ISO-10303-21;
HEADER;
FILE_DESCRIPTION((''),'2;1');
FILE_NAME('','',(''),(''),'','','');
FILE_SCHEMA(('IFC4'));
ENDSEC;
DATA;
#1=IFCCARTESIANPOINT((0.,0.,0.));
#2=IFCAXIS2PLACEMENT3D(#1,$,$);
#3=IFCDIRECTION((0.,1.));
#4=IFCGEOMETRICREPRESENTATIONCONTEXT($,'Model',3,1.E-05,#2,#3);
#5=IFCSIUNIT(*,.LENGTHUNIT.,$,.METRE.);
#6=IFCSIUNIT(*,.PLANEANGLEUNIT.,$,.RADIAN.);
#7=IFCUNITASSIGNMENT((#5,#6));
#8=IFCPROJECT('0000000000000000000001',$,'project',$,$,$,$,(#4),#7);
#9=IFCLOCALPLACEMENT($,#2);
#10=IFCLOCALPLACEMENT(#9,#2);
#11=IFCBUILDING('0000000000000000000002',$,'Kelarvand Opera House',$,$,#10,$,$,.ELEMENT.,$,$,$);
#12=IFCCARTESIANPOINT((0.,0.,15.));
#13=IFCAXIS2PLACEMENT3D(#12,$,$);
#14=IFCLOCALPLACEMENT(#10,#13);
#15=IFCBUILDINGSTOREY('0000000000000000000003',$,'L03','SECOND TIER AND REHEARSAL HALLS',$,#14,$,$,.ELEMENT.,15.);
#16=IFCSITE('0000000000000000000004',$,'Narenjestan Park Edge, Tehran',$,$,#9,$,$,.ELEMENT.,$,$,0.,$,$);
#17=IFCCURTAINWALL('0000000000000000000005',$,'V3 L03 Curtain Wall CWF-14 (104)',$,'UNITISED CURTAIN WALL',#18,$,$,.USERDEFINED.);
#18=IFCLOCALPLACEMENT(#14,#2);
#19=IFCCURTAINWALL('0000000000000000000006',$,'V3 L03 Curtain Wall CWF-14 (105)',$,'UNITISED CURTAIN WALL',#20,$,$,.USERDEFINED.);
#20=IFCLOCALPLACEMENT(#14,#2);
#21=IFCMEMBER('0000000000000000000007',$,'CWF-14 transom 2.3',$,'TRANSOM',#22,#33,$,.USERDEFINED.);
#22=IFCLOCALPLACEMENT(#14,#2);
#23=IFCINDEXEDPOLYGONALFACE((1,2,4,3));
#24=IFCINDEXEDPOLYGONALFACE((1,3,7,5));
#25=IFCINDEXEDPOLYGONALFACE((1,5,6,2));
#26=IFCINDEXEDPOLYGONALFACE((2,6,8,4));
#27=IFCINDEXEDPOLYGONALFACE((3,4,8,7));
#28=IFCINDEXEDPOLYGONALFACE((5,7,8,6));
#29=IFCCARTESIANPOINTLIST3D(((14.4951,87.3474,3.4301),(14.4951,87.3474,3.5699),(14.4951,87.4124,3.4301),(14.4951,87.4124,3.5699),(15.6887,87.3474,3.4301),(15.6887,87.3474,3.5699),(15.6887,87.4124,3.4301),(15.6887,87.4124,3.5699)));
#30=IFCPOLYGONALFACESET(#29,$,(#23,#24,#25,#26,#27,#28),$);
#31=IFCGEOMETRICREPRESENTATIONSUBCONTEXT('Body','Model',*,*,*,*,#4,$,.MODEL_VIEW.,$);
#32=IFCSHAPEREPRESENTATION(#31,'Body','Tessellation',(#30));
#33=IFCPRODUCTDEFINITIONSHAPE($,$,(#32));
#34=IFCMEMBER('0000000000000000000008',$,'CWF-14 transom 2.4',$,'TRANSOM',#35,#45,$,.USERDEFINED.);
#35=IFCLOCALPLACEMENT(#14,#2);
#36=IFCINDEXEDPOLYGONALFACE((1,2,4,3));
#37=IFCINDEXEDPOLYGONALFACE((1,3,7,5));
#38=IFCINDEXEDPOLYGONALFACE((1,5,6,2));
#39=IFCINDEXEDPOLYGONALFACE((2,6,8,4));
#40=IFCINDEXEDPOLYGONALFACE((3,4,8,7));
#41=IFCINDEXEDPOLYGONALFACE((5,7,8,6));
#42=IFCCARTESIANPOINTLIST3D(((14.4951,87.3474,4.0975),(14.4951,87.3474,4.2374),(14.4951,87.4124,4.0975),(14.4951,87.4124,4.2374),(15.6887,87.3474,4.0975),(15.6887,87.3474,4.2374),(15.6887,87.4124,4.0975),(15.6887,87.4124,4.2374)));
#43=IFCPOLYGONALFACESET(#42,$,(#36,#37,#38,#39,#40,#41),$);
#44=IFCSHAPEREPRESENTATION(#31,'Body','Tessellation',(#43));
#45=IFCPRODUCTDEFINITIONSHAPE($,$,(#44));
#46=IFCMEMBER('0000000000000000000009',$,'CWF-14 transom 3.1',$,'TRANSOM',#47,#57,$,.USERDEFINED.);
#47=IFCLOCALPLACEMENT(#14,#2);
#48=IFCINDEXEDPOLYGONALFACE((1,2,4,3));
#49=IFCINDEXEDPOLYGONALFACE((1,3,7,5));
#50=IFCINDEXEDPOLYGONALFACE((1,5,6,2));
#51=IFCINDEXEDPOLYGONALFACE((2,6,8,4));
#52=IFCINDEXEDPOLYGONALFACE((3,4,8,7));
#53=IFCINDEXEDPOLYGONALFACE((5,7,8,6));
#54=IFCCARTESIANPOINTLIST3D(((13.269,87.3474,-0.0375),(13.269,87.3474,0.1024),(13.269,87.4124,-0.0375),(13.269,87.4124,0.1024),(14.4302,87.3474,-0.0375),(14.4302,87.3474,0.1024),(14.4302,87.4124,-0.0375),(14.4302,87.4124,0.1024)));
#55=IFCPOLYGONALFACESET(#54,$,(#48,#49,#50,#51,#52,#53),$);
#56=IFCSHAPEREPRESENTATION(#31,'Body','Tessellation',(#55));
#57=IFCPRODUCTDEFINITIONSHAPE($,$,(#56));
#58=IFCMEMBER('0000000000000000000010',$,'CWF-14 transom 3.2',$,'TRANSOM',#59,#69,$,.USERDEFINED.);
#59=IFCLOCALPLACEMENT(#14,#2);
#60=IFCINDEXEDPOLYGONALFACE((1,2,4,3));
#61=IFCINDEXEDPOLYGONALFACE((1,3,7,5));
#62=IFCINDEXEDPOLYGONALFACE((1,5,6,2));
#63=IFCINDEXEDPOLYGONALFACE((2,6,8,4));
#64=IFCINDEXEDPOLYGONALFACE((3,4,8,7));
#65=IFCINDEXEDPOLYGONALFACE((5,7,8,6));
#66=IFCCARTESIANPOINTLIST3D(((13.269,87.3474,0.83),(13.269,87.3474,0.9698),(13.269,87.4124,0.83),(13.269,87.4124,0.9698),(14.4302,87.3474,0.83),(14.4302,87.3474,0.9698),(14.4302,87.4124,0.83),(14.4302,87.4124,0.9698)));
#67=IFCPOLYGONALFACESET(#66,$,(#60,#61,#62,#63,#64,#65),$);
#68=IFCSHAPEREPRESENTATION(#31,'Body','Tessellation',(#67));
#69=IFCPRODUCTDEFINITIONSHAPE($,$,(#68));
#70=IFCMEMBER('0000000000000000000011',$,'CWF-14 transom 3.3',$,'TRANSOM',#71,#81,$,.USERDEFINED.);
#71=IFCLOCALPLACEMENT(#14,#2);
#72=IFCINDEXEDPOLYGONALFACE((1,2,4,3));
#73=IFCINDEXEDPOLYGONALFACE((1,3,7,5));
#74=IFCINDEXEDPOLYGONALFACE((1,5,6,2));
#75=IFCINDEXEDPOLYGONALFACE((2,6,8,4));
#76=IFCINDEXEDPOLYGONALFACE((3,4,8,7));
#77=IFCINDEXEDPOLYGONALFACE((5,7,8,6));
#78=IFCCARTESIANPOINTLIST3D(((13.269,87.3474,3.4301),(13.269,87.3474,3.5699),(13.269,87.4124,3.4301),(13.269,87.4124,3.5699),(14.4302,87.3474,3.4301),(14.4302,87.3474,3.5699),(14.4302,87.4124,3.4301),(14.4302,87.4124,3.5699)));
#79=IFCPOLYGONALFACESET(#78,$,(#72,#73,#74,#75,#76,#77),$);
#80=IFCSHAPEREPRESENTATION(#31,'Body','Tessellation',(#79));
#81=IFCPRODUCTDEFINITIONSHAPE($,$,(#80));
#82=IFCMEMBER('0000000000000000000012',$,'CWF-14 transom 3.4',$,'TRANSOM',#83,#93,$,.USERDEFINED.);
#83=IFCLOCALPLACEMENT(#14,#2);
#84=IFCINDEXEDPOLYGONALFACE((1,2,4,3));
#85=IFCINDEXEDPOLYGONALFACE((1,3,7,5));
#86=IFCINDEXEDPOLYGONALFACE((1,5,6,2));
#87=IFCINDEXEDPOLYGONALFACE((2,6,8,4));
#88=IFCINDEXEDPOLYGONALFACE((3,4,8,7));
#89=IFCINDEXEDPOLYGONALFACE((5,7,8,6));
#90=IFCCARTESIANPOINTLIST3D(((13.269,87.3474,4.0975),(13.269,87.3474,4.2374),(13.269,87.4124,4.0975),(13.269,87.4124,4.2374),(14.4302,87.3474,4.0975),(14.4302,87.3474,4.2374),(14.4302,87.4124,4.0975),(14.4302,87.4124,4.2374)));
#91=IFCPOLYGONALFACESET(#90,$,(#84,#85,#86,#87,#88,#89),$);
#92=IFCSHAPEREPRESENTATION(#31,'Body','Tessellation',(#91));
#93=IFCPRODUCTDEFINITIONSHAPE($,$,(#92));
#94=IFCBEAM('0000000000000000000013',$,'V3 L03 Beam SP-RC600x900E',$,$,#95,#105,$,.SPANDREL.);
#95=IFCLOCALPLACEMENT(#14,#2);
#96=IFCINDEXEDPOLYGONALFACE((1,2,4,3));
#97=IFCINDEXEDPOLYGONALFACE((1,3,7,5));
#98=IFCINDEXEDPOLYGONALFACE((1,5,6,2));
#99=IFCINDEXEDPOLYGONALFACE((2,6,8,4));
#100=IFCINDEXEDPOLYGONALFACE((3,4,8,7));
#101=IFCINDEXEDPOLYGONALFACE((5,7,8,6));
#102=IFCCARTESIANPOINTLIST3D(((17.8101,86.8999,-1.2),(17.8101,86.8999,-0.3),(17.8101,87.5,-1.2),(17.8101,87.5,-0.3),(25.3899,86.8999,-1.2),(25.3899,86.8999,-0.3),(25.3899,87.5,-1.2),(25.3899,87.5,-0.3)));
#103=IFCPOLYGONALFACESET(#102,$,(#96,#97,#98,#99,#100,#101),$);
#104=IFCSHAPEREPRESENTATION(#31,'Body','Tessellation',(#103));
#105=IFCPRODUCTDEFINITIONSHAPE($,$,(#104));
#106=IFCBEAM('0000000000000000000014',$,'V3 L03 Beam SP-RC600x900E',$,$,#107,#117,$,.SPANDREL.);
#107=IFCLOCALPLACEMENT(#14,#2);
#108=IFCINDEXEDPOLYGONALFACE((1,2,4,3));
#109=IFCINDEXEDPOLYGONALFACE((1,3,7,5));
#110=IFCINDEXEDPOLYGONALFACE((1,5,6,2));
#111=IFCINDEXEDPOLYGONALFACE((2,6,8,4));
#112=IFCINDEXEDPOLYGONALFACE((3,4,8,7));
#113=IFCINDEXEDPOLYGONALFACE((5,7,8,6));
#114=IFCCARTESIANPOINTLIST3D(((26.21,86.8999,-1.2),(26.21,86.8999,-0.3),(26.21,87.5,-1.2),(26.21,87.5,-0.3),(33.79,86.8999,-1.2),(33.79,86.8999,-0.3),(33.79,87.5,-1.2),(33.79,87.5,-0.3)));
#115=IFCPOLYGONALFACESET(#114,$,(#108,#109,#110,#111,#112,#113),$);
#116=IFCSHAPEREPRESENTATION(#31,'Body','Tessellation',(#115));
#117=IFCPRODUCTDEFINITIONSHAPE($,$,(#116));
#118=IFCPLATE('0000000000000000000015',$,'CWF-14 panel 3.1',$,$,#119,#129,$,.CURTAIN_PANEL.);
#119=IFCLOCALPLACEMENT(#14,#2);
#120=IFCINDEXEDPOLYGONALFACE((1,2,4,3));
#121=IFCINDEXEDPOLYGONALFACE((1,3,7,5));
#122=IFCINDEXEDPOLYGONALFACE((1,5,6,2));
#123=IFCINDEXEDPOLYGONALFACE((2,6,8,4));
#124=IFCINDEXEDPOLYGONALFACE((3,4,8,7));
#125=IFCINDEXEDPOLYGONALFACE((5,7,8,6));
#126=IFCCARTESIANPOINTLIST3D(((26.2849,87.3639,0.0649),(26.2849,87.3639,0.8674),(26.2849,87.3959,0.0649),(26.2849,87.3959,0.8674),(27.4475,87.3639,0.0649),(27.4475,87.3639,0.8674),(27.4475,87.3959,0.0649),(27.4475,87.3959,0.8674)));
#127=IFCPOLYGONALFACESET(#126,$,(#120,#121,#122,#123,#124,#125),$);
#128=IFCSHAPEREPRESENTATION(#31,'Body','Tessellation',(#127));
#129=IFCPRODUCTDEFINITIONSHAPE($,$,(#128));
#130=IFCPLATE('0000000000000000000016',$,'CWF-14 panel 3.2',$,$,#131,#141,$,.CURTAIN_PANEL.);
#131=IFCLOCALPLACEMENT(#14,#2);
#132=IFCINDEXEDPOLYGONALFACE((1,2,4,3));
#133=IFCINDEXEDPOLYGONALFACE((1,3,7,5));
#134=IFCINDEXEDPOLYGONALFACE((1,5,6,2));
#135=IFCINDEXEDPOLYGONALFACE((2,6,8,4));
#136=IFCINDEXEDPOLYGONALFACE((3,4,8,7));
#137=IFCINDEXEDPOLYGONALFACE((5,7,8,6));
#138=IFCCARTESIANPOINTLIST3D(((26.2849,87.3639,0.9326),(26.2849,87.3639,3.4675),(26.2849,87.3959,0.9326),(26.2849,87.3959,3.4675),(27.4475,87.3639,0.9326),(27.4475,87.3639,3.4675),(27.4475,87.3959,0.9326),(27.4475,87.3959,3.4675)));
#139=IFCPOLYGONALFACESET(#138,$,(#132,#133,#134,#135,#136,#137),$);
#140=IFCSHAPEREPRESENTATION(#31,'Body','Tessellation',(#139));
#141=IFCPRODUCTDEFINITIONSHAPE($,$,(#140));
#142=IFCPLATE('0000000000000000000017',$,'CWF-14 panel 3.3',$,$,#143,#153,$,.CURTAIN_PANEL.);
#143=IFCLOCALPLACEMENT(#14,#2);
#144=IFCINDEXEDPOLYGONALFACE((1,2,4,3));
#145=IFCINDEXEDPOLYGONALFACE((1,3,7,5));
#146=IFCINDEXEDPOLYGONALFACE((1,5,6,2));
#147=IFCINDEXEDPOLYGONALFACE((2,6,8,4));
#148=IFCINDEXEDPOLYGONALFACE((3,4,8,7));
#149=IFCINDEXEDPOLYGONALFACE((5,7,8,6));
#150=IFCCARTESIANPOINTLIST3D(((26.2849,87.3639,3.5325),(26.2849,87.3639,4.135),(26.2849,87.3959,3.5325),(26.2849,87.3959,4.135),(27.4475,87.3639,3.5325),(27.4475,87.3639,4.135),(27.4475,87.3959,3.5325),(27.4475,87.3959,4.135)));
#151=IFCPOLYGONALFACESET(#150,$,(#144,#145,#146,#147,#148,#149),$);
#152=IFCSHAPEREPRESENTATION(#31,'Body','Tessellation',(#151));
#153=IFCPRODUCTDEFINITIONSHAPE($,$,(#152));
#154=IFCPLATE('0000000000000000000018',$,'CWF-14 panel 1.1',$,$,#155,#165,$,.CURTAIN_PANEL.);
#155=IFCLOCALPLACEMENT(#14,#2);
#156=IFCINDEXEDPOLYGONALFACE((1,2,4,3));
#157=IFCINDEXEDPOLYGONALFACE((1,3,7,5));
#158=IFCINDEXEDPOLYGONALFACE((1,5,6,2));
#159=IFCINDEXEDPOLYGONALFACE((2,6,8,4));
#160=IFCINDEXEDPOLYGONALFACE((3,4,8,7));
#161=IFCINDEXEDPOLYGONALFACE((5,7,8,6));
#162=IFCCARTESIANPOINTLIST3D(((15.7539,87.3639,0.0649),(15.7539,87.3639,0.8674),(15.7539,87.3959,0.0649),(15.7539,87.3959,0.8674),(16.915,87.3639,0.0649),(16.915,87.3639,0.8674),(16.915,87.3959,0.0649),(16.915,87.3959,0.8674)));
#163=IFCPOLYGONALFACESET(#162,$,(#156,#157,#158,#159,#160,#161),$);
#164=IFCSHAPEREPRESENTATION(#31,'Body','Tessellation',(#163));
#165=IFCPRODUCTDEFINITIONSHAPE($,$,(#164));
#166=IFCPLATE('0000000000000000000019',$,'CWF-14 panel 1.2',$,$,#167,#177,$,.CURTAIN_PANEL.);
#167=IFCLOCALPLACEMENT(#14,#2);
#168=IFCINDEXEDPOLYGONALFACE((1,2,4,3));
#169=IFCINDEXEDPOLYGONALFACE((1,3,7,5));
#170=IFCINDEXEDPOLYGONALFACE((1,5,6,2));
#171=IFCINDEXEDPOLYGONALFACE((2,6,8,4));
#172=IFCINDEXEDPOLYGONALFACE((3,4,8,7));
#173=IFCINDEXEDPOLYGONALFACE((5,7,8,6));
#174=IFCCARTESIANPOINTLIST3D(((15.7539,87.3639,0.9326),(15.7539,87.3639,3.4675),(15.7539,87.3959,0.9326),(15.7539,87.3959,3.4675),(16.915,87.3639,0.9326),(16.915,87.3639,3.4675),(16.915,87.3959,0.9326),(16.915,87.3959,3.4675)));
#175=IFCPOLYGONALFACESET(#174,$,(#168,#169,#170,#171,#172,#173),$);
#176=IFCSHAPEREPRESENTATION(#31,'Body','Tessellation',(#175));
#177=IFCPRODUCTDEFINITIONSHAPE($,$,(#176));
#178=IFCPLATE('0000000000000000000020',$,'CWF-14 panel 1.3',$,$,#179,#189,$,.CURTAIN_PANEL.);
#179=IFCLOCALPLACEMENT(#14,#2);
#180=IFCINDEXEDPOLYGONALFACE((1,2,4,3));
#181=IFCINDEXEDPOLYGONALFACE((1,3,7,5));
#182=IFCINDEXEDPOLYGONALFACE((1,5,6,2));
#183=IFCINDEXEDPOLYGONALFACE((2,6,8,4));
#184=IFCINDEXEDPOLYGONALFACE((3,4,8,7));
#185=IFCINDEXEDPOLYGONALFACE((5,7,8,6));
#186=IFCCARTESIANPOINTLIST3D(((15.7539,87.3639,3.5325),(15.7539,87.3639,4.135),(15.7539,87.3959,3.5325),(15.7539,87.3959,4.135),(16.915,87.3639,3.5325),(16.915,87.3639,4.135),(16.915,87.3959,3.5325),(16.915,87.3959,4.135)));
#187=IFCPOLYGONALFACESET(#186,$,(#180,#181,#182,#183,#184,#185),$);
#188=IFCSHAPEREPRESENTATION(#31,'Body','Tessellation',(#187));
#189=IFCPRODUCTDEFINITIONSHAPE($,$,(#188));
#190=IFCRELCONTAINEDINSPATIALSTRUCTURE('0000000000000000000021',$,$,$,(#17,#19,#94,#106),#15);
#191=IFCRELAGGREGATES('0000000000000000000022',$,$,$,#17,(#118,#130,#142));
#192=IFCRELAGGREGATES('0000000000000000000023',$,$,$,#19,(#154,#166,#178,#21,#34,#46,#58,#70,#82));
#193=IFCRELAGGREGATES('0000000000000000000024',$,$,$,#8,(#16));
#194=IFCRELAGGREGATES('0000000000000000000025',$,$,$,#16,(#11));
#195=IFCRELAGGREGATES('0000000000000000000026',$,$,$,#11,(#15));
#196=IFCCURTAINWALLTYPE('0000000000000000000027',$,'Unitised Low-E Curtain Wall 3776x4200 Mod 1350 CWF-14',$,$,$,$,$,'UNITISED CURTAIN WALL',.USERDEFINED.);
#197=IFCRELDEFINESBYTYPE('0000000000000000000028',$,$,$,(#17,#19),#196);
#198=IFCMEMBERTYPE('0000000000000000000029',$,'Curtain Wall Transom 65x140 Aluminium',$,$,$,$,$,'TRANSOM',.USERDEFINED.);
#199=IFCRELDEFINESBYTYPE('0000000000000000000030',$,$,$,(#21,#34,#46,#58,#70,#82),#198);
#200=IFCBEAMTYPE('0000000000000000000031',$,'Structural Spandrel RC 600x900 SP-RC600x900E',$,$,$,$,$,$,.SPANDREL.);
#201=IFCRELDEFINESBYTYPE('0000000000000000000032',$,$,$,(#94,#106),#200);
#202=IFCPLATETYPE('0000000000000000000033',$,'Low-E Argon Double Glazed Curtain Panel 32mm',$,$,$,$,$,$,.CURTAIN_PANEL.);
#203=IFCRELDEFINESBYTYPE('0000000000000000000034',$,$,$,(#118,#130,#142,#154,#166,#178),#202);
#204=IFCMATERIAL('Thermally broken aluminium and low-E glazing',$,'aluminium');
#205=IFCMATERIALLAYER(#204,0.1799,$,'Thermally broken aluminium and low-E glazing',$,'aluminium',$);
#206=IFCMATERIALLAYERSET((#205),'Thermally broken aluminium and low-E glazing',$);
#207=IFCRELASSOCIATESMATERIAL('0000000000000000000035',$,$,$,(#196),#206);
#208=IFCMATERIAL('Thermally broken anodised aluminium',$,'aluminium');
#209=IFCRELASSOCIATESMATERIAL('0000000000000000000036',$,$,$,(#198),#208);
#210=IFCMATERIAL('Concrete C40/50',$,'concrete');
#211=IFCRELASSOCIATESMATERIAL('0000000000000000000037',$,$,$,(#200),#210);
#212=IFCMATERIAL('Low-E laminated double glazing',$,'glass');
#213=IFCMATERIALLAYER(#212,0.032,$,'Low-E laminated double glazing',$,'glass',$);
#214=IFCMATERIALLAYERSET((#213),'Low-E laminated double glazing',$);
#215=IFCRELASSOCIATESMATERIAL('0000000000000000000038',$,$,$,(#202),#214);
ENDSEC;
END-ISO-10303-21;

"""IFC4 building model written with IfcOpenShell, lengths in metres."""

from ifc_helpers import new_model, si_unit, direction, frame, origin, origin_2d, place, context, subcontext, project, spatial, rectangle, extrude, material, layer, layer_set, material_profile, profile_set, type_object, element, aggregate, save


model = new_model("IFC4")

# Units and contexts
model_context = context("Model", 3, precision=1e-05, world=origin(), true_north=direction((0.0, 1.0)))
body_context = subcontext(model_context, "Body", "Model", "MODEL_VIEW")
ifc_project = project(units=[si_unit("LENGTHUNIT", "METRE"), si_unit("PLANEANGLEUNIT", "RADIAN")], contexts=[model_context])

# Site, building, storey
site_placement = place(None, origin())
site = spatial("IfcSite", under=ifc_project, at=site_placement, Name="Narenjestan Park Edge, Tehran", CompositionType="ELEMENT", RefElevation=0.0)
building_placement = place(site_placement, origin())
building = spatial("IfcBuilding", under=site, at=building_placement, Name="Kelarvand Opera House", CompositionType="ELEMENT")
storey_placement = place(building_placement, frame((0.0, 0.0, 15.0)))
storey = spatial("IfcBuildingStorey", under=building, at=storey_placement, Name="L03", Description="SECOND TIER AND REHEARSAL HALLS", CompositionType="ELEMENT", Elevation=15.0)

# Shared definitions
ifc_material_1 = material(Name="Concrete C40/50", Category="concrete")

# Curtain wall
ifc_material_2 = material(Name="Thermally broken aluminium and low-E glazing", Category="aluminium")
ifc_layer_1 = layer(ifc_material_2, 0.1799, Name="Thermally broken aluminium and low-E glazing", Category="aluminium")
ifc_layer_set_1 = layer_set([ifc_layer_1], Name="Thermally broken aluminium and low-E glazing")
curtain_wall_type = type_object("IfcCurtainWallType", Name="Unitised Low-E Curtain Wall 3776x4200 Mod 1350 CWF-14", ElementType="UNITISED CURTAIN WALL", PredefinedType="USERDEFINED", material=ifc_layer_set_1)
curtain_wall_1_placement = place(storey_placement, origin())
curtain_wall_1 = element("IfcCurtainWall", 1, at=curtain_wall_1_placement, inside=storey, type_object=curtain_wall_type, Name="V3 L03 Curtain Wall CWF-14 (104)", ObjectType="UNITISED CURTAIN WALL", PredefinedType="USERDEFINED")
ifc_material_3 = material(Name="Thermally broken anodised aluminium", Category="aluminium")

# Curtain wall
curtain_wall_2_placement = place(storey_placement, origin())
curtain_wall_2 = element("IfcCurtainWall", 2, at=curtain_wall_2_placement, inside=storey, type_object=curtain_wall_type, Name="V3 L03 Curtain Wall CWF-14 (105)", ObjectType="UNITISED CURTAIN WALL", PredefinedType="USERDEFINED")

# Members
ifc_material_profile_1 = material_profile(ifc_material_3, rectangle(XDim=0.0649, YDim=0.1399, at=origin_2d()), Name="ALU TRANSOM 65x140", Category="aluminium")
ifc_profile_set_1 = profile_set([ifc_material_profile_1], Name="Thermally broken anodised aluminium")
member_type_1 = type_object("IfcMemberType", Name="Curtain Wall Transom 65x140 Aluminium", ElementType="TRANSOM", PredefinedType="USERDEFINED", material=ifc_profile_set_1)
member_1_placement = place(storey_placement, frame((15.6887, 87.3799, 3.5), z_axis=(-1.0, 0.0, 0.0), x_axis=(0.0, -1.0, 0.0)))
member_1 = element("IfcMember", 3, at=member_1_placement, type_object=member_type_1, Name="CWF-14 transom 2.3", ObjectType="TRANSOM", PredefinedType="USERDEFINED", context=body_context, shape_type="SweptSolid", body=[
    extrude(rectangle(XDim=0.0649, YDim=0.1399, at=origin_2d()), origin(), (0.0, 0.0, 1.0), 1.1936),
])
member_2_placement = place(storey_placement, frame((15.6887, 87.3799, 4.1675), z_axis=(-1.0, 0.0, 0.0), x_axis=(0.0, -1.0, 0.0)))
member_2 = element("IfcMember", 4, at=member_2_placement, type_object=member_type_1, Name="CWF-14 transom 2.4", ObjectType="TRANSOM", PredefinedType="USERDEFINED", context=body_context, shape_type="SweptSolid", body=[
    extrude(rectangle(XDim=0.0649, YDim=0.1399, at=origin_2d()), origin(), (0.0, 0.0, 1.0), 1.1936),
])
member_3_placement = place(storey_placement, frame((14.4302, 87.3799, 0.0325), z_axis=(-1.0, 0.0, 0.0), x_axis=(0.0, -1.0, 0.0)))
member_3 = element("IfcMember", 5, at=member_3_placement, type_object=member_type_1, Name="CWF-14 transom 3.1", ObjectType="TRANSOM", PredefinedType="USERDEFINED", context=body_context, shape_type="SweptSolid", body=[
    extrude(rectangle(XDim=0.0649, YDim=0.1399, at=origin_2d()), origin(), (0.0, 0.0, 1.0), 1.1611),
])
member_4_placement = place(storey_placement, frame((14.4302, 87.3799, 0.8999), z_axis=(-1.0, 0.0, 0.0), x_axis=(0.0, -1.0, 0.0)))
member_4 = element("IfcMember", 6, at=member_4_placement, type_object=member_type_1, Name="CWF-14 transom 3.2", ObjectType="TRANSOM", PredefinedType="USERDEFINED", context=body_context, shape_type="SweptSolid", body=[
    extrude(rectangle(XDim=0.0649, YDim=0.1399, at=origin_2d()), origin(), (0.0, 0.0, 1.0), 1.1611),
])
member_5_placement = place(storey_placement, frame((14.4302, 87.3799, 3.5), z_axis=(-1.0, 0.0, 0.0), x_axis=(0.0, -1.0, 0.0)))
member_5 = element("IfcMember", 7, at=member_5_placement, type_object=member_type_1, Name="CWF-14 transom 3.3", ObjectType="TRANSOM", PredefinedType="USERDEFINED", context=body_context, shape_type="SweptSolid", body=[
    extrude(rectangle(XDim=0.0649, YDim=0.1399, at=origin_2d()), origin(), (0.0, 0.0, 1.0), 1.1611),
])
member_6_placement = place(storey_placement, frame((14.4302, 87.3799, 4.1675), z_axis=(-1.0, 0.0, 0.0), x_axis=(0.0, -1.0, 0.0)))
member_6 = element("IfcMember", 8, at=member_6_placement, type_object=member_type_1, Name="CWF-14 transom 3.4", ObjectType="TRANSOM", PredefinedType="USERDEFINED", context=body_context, shape_type="SweptSolid", body=[
    extrude(rectangle(XDim=0.0649, YDim=0.1399, at=origin_2d()), origin(), (0.0, 0.0, 1.0), 1.1611),
])

# Beams
ifc_material_profile_2 = material_profile(ifc_material_1, rectangle(XDim=0.6001, YDim=0.8999, at=origin_2d()), Name="RC 600x900", Category="concrete")
ifc_profile_set_2 = profile_set([ifc_material_profile_2], Name="Concrete C40/50")
beam_type = type_object("IfcBeamType", Name="Structural Spandrel RC 600x900 SP-RC600x900E", PredefinedType="SPANDREL", material=ifc_profile_set_2)
beam_1_placement = place(storey_placement, frame((17.8101, 87.2, -0.75), z_axis=(1.0, 0.0, 0.0), x_axis=(0.0, 1.0, 0.0)))
element("IfcBeam", 9, at=beam_1_placement, inside=storey, type_object=beam_type, Name="V3 L03 Beam SP-RC600x900E", PredefinedType="SPANDREL", context=body_context, shape_type="SweptSolid", body=[
    extrude(rectangle(XDim=0.6001, YDim=0.8999, at=origin_2d()), origin(), (0.0, 0.0, 1.0), 7.5798),
])
beam_2_placement = place(storey_placement, frame((26.21, 87.2, -0.75), z_axis=(1.0, 0.0, 0.0), x_axis=(0.0, 1.0, 0.0)))
element("IfcBeam", 10, at=beam_2_placement, inside=storey, type_object=beam_type, Name="V3 L03 Beam SP-RC600x900E", PredefinedType="SPANDREL", context=body_context, shape_type="SweptSolid", body=[
    extrude(rectangle(XDim=0.6001, YDim=0.8999, at=origin_2d()), origin(), (0.0, 0.0, 1.0), 7.5801),
])

# Plates
ifc_material_4 = material(Name="Low-E laminated double glazing", Category="glass")
ifc_layer_2 = layer(ifc_material_4, 0.032, Name="Low-E laminated double glazing", Category="glass")
ifc_layer_set_2 = layer_set([ifc_layer_2], Name="Low-E laminated double glazing")
plate_type = type_object("IfcPlateType", Name="Low-E Argon Double Glazed Curtain Panel 32mm", PredefinedType="CURTAIN_PANEL", material=ifc_layer_set_2)
plate_1_placement = place(storey_placement, frame((26.8662, 87.3799, 0.0649), z_axis=(0.0, 0.0, 1.0), x_axis=(-1.0, 0.0, 0.0)))
plate_1 = element("IfcPlate", 11, at=plate_1_placement, type_object=plate_type, Name="CWF-14 panel 3.1", PredefinedType="CURTAIN_PANEL", context=body_context, shape_type="SweptSolid", body=[
    extrude(rectangle(XDim=1.1626, YDim=0.032, at=origin_2d()), origin(), (0.0, 0.0, 1.0), 0.8025),
])
plate_2_placement = place(storey_placement, frame((26.8662, 87.3799, 0.9326), z_axis=(0.0, 0.0, 1.0), x_axis=(-1.0, 0.0, 0.0)))
plate_2 = element("IfcPlate", 12, at=plate_2_placement, type_object=plate_type, Name="CWF-14 panel 3.2", PredefinedType="CURTAIN_PANEL", context=body_context, shape_type="SweptSolid", body=[
    extrude(rectangle(XDim=1.1626, YDim=0.032, at=origin_2d()), origin(), (0.0, 0.0, 1.0), 2.5349),
])
plate_3_placement = place(storey_placement, frame((26.8662, 87.3799, 3.5325), z_axis=(0.0, 0.0, 1.0), x_axis=(-1.0, 0.0, 0.0)))
plate_3 = element("IfcPlate", 13, at=plate_3_placement, type_object=plate_type, Name="CWF-14 panel 3.3", PredefinedType="CURTAIN_PANEL", context=body_context, shape_type="SweptSolid", body=[
    extrude(rectangle(XDim=1.1626, YDim=0.032, at=origin_2d()), origin(), (0.0, 0.0, 1.0), 0.6025),
])
aggregate(curtain_wall_1, [plate_1, plate_2, plate_3])
plate_4_placement = place(storey_placement, frame((16.3345, 87.3799, 0.0649), z_axis=(0.0, 0.0, 1.0), x_axis=(-1.0, 0.0, 0.0)))
plate_4 = element("IfcPlate", 14, at=plate_4_placement, type_object=plate_type, Name="CWF-14 panel 1.1", PredefinedType="CURTAIN_PANEL", context=body_context, shape_type="SweptSolid", body=[
    extrude(rectangle(XDim=1.1611, YDim=0.032, at=origin_2d()), origin(), (0.0, 0.0, 1.0), 0.8025),
])
plate_5_placement = place(storey_placement, frame((16.3345, 87.3799, 0.9326), z_axis=(0.0, 0.0, 1.0), x_axis=(-1.0, 0.0, 0.0)))
plate_5 = element("IfcPlate", 15, at=plate_5_placement, type_object=plate_type, Name="CWF-14 panel 1.2", PredefinedType="CURTAIN_PANEL", context=body_context, shape_type="SweptSolid", body=[
    extrude(rectangle(XDim=1.1611, YDim=0.032, at=origin_2d()), origin(), (0.0, 0.0, 1.0), 2.5349),
])
plate_6_placement = place(storey_placement, frame((16.3345, 87.3799, 3.5325), z_axis=(0.0, 0.0, 1.0), x_axis=(-1.0, 0.0, 0.0)))
plate_6 = element("IfcPlate", 16, at=plate_6_placement, type_object=plate_type, Name="CWF-14 panel 1.3", PredefinedType="CURTAIN_PANEL", context=body_context, shape_type="SweptSolid", body=[
    extrude(rectangle(XDim=1.1611, YDim=0.032, at=origin_2d()), origin(), (0.0, 0.0, 1.0), 0.6025),
])
aggregate(curtain_wall_2, [plate_4, plate_5, plate_6, member_1, member_2, member_3, member_4, member_5, member_6])

save(model, "model.ifc")
